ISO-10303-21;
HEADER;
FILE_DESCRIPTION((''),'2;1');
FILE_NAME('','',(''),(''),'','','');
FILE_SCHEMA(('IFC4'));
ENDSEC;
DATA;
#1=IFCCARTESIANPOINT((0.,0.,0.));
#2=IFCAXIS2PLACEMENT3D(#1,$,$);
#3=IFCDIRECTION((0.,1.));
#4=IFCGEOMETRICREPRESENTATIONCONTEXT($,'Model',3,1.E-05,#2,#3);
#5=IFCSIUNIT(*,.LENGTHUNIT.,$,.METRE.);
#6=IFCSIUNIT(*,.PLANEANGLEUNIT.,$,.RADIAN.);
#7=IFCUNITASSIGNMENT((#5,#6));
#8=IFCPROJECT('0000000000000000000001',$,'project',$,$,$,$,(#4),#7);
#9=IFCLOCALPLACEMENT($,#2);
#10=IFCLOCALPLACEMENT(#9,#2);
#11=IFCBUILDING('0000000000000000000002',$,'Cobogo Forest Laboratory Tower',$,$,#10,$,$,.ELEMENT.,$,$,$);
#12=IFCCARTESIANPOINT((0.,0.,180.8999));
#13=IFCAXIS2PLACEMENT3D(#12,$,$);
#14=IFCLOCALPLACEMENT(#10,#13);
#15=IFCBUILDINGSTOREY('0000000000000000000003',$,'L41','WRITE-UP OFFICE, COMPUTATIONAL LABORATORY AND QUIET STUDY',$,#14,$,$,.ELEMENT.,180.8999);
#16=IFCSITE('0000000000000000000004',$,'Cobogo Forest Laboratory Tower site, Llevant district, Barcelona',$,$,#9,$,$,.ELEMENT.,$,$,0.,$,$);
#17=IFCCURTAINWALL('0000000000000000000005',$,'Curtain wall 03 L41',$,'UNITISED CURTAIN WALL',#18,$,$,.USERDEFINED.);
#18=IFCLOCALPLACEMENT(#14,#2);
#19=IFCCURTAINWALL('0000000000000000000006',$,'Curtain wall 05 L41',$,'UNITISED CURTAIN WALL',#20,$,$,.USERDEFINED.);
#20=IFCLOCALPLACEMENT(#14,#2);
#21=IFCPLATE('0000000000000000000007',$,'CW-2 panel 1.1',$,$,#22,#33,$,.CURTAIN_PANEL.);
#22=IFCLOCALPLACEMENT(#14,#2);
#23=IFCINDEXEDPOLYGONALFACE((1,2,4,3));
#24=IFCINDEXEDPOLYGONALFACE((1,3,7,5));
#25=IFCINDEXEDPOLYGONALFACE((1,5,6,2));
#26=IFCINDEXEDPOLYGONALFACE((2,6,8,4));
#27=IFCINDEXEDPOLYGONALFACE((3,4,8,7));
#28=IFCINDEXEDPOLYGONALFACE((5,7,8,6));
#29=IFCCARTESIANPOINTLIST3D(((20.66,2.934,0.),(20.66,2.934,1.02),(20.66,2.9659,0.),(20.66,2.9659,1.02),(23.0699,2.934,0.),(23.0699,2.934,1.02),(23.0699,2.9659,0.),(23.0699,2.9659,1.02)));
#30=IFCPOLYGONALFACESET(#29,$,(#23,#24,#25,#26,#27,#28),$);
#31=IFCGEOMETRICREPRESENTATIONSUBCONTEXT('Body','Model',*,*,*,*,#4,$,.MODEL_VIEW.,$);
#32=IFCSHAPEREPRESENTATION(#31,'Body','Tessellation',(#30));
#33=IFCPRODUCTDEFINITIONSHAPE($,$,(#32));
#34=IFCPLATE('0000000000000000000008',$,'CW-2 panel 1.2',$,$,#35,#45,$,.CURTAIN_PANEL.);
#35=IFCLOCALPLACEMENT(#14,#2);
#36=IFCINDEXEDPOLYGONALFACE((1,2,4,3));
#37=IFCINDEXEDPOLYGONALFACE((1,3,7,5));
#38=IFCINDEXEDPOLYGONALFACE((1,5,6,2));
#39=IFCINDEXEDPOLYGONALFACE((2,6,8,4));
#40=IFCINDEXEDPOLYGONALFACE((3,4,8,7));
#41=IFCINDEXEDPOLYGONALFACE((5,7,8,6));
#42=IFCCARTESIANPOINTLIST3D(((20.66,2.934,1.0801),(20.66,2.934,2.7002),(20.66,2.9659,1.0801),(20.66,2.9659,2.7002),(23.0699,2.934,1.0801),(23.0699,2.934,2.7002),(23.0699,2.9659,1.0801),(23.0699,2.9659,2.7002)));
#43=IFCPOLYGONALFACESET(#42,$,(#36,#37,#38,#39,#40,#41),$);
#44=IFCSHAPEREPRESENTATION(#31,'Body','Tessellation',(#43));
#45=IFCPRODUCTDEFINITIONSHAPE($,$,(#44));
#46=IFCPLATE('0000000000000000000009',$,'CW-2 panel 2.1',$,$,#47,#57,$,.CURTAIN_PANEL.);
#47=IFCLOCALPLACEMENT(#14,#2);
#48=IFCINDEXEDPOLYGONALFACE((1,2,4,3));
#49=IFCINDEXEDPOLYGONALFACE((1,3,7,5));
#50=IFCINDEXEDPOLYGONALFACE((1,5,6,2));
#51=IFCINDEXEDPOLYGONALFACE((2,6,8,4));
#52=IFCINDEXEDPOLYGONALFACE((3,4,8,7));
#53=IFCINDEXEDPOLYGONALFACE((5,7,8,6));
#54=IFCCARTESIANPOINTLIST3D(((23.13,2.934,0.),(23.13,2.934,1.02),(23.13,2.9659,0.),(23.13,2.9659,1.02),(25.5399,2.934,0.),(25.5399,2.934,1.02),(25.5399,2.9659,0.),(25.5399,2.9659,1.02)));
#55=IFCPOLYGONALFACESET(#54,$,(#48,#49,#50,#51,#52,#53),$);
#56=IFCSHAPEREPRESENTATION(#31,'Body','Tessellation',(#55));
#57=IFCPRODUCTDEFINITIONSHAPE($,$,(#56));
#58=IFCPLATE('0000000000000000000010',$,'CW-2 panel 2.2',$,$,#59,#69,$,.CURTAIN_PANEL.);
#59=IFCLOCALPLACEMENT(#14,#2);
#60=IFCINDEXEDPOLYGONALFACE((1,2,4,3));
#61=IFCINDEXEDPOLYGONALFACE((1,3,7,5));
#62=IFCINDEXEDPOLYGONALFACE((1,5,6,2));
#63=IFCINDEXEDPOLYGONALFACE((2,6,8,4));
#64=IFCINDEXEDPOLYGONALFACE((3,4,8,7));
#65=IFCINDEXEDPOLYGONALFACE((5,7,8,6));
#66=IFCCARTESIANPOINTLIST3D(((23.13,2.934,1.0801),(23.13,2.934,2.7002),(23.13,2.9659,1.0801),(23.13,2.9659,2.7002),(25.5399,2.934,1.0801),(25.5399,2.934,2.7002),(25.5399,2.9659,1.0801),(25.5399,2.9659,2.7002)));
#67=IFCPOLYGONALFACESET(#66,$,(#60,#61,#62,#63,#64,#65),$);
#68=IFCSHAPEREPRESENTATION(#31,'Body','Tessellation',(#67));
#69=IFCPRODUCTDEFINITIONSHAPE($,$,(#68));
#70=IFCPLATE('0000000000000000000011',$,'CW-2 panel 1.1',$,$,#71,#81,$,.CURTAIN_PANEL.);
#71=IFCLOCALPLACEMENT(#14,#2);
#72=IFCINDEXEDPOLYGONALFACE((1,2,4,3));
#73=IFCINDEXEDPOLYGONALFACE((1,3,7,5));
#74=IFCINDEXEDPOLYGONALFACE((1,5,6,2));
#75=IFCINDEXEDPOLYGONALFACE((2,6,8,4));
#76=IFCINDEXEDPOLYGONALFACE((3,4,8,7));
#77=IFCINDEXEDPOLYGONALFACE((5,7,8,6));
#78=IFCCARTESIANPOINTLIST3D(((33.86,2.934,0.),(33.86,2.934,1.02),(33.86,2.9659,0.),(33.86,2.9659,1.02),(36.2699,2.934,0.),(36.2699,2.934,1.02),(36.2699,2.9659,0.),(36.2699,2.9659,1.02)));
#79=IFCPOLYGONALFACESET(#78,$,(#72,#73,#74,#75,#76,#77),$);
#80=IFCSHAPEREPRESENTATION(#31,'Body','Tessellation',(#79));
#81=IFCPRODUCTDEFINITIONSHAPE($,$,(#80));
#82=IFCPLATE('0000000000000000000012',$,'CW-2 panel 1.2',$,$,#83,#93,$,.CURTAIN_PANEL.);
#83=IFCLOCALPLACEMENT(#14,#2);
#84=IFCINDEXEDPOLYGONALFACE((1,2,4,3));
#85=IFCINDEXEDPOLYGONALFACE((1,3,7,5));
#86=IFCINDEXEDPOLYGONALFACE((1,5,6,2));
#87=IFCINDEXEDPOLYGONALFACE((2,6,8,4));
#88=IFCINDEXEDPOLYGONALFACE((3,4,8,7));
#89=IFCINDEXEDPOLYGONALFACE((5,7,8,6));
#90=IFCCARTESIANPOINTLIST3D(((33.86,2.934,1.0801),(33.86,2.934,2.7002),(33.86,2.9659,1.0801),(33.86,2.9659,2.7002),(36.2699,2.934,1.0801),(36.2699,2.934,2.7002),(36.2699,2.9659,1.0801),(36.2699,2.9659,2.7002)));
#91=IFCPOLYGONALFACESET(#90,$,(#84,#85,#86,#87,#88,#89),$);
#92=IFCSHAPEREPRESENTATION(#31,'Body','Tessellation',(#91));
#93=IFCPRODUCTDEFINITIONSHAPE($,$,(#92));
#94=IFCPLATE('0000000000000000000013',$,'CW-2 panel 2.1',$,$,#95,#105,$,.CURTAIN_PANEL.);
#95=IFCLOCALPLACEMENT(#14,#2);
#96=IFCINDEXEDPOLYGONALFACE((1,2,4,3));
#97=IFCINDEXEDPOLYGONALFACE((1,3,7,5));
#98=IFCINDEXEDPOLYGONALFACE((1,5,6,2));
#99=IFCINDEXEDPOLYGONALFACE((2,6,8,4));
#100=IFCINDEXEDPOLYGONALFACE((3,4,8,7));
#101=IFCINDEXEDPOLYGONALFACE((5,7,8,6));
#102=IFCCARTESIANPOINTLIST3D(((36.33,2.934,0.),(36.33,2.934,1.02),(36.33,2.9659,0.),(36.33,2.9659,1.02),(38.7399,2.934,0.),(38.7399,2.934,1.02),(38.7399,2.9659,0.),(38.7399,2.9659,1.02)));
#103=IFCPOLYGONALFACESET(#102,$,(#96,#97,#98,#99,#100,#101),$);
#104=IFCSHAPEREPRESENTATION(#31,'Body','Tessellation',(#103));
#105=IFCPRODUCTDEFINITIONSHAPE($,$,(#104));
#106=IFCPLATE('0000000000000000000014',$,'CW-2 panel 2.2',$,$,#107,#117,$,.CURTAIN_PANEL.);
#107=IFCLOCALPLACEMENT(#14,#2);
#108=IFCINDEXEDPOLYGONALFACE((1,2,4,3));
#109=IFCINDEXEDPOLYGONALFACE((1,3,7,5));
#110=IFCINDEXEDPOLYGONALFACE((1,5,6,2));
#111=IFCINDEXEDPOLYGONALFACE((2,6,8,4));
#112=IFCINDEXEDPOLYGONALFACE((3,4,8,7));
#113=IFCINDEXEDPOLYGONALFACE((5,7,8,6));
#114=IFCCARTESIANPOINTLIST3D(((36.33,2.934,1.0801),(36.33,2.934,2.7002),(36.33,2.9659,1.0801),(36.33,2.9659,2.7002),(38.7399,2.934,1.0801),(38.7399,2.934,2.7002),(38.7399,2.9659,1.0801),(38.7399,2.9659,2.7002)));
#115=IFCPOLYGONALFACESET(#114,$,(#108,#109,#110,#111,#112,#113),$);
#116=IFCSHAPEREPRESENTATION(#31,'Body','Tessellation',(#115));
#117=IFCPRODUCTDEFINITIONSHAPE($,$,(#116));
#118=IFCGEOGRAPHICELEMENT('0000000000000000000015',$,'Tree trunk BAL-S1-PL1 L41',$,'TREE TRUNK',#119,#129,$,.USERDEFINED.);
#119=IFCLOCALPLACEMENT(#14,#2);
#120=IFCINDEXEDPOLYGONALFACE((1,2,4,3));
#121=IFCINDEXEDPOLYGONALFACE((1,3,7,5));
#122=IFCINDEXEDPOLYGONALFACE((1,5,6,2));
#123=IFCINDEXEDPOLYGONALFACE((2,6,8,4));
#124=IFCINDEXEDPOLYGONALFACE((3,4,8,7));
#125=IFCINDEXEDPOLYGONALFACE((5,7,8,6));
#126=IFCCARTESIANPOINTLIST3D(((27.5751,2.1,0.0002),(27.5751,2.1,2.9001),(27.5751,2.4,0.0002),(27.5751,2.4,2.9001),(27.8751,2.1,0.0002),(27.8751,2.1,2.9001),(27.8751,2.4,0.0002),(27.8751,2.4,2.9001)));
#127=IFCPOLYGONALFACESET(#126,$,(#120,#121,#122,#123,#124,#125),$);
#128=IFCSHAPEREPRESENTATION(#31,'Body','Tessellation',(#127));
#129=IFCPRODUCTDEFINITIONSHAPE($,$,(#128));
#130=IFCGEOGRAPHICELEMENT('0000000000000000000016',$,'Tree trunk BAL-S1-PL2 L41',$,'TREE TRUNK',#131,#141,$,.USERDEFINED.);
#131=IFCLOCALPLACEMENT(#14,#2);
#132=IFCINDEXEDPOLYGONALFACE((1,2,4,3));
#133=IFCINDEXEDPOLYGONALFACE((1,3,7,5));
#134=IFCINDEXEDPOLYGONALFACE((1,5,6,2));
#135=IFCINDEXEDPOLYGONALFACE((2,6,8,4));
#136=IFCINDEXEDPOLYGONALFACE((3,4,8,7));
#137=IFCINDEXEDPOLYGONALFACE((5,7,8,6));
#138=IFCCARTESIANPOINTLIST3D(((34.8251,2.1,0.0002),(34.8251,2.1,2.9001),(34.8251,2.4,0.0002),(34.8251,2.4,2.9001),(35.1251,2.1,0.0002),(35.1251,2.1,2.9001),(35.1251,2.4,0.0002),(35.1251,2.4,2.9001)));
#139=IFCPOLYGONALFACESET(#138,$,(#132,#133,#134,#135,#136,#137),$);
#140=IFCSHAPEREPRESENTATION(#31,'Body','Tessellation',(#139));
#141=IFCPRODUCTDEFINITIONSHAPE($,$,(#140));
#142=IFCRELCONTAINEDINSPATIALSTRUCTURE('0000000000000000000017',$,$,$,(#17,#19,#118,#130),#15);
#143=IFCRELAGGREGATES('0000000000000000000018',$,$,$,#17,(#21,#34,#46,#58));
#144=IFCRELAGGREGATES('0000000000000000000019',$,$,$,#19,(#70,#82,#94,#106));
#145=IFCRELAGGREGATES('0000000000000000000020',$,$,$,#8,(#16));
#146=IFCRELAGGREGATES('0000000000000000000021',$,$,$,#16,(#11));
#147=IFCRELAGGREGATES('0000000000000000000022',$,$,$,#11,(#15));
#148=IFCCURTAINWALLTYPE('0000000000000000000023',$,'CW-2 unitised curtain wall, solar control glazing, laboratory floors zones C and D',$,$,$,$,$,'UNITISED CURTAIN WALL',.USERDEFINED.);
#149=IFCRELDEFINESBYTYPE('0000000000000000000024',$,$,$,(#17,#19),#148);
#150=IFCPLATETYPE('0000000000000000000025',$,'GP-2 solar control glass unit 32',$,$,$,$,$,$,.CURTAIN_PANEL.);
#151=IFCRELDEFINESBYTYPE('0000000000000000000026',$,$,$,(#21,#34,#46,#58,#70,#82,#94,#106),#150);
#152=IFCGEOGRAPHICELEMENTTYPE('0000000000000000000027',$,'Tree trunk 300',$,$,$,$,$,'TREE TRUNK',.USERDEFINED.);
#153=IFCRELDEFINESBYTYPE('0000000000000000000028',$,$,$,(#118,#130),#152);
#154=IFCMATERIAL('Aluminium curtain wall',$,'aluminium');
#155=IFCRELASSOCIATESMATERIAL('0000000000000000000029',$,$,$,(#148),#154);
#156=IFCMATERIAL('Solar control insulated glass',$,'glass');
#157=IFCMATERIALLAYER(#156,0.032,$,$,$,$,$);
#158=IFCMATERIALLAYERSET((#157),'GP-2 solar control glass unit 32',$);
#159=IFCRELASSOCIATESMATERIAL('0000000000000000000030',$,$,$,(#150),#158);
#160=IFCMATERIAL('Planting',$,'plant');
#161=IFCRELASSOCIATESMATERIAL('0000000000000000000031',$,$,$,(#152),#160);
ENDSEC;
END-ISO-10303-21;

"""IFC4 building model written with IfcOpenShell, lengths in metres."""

from ifc_helpers import new_model, si_unit, direction, frame, origin, origin_2d, place, context, subcontext, project, spatial, rectangle, extrude, material, layer, layer_set, type_object, element, aggregate, save


model = new_model("IFC4")

# Units and contexts
model_context = context("Model", 3, precision=1e-05, world=origin(), true_north=direction((0.0, 1.0)))
body_context = subcontext(model_context, "Body", "Model", "MODEL_VIEW")
ifc_project = project(units=[si_unit("LENGTHUNIT", "METRE"), si_unit("PLANEANGLEUNIT", "RADIAN")], contexts=[model_context])

# Site, building, storey
site_placement = place(None, origin())
site = spatial("IfcSite", under=ifc_project, at=site_placement, Name="Cobogo Forest Laboratory Tower site, Llevant district, Barcelona", CompositionType="ELEMENT", RefElevation=0.0)
building_placement = place(site_placement, origin())
building = spatial("IfcBuilding", under=site, at=building_placement, Name="Cobogo Forest Laboratory Tower", CompositionType="ELEMENT")
storey_placement = place(building_placement, frame((0.0, 0.0, 180.8999)))
storey = spatial("IfcBuildingStorey", under=building, at=storey_placement, Name="L41", Description="WRITE-UP OFFICE, COMPUTATIONAL LABORATORY AND QUIET STUDY", CompositionType="ELEMENT", Elevation=180.8999)

# Curtain walls
ifc_material_1 = material(Name="Aluminium curtain wall", Category="aluminium")
curtain_wall_type = type_object("IfcCurtainWallType", Name="CW-2 unitised curtain wall, solar control glazing, laboratory floors zones C and D", ElementType="UNITISED CURTAIN WALL", PredefinedType="USERDEFINED", material=ifc_material_1)
curtain_wall_1_placement = place(storey_placement, origin())
curtain_wall_1 = element("IfcCurtainWall", 1, at=curtain_wall_1_placement, inside=storey, type_object=curtain_wall_type, Name="Curtain wall 03 L41", ObjectType="UNITISED CURTAIN WALL", PredefinedType="USERDEFINED")
curtain_wall_2_placement = place(storey_placement, origin())
curtain_wall_2 = element("IfcCurtainWall", 2, at=curtain_wall_2_placement, inside=storey, type_object=curtain_wall_type, Name="Curtain wall 05 L41", ObjectType="UNITISED CURTAIN WALL", PredefinedType="USERDEFINED")

# Plates
ifc_material_2 = material(Name="Solar control insulated glass", Category="glass")
ifc_layer_1 = layer(ifc_material_2, 0.032)
ifc_layer_set_1 = layer_set([ifc_layer_1], Name="GP-2 solar control glass unit 32")
plate_type = type_object("IfcPlateType", Name="GP-2 solar control glass unit 32", PredefinedType="CURTAIN_PANEL", material=ifc_layer_set_1)
plate_1_placement = place(storey_placement, frame((21.865, 2.95, 0.0), z_axis=(0.0, 0.0, 1.0), x_axis=(1.0, 0.0, 0.0)))
plate_1 = element("IfcPlate", 3, at=plate_1_placement, type_object=plate_type, Name="CW-2 panel 1.1", PredefinedType="CURTAIN_PANEL", context=body_context, shape_type="SweptSolid", body=[
    extrude(rectangle(XDim=2.4099, YDim=0.032, at=origin_2d()), origin(), (0.0, 0.0, 1.0), 1.02),
])
plate_2_placement = place(storey_placement, frame((21.865, 2.95, 1.0801), z_axis=(0.0, 0.0, 1.0), x_axis=(1.0, 0.0, 0.0)))
plate_2 = element("IfcPlate", 4, at=plate_2_placement, type_object=plate_type, Name="CW-2 panel 1.2", PredefinedType="CURTAIN_PANEL", context=body_context, shape_type="SweptSolid", body=[
    extrude(rectangle(XDim=2.4099, YDim=0.032, at=origin_2d()), origin(), (0.0, 0.0, 1.0), 1.6201),
])
plate_3_placement = place(storey_placement, frame((24.335, 2.95, 0.0), z_axis=(0.0, 0.0, 1.0), x_axis=(1.0, 0.0, 0.0)))
plate_3 = element("IfcPlate", 5, at=plate_3_placement, type_object=plate_type, Name="CW-2 panel 2.1", PredefinedType="CURTAIN_PANEL", context=body_context, shape_type="SweptSolid", body=[
    extrude(rectangle(XDim=2.4099, YDim=0.032, at=origin_2d()), origin(), (0.0, 0.0, 1.0), 1.02),
])
plate_4_placement = place(storey_placement, frame((24.335, 2.95, 1.0801), z_axis=(0.0, 0.0, 1.0), x_axis=(1.0, 0.0, 0.0)))
plate_4 = element("IfcPlate", 6, at=plate_4_placement, type_object=plate_type, Name="CW-2 panel 2.2", PredefinedType="CURTAIN_PANEL", context=body_context, shape_type="SweptSolid", body=[
    extrude(rectangle(XDim=2.4099, YDim=0.032, at=origin_2d()), origin(), (0.0, 0.0, 1.0), 1.6201),
])
aggregate(curtain_wall_1, [plate_1, plate_2, plate_3, plate_4])
plate_5_placement = place(storey_placement, frame((35.0649, 2.95, 0.0), z_axis=(0.0, 0.0, 1.0), x_axis=(1.0, 0.0, 0.0)))
plate_5 = element("IfcPlate", 7, at=plate_5_placement, type_object=plate_type, Name="CW-2 panel 1.1", PredefinedType="CURTAIN_PANEL", context=body_context, shape_type="SweptSolid", body=[
    extrude(rectangle(XDim=2.4099, YDim=0.032, at=origin_2d()), origin(), (0.0, 0.0, 1.0), 1.02),
])
plate_6_placement = place(storey_placement, frame((35.0649, 2.95, 1.0801), z_axis=(0.0, 0.0, 1.0), x_axis=(1.0, 0.0, 0.0)))
plate_6 = element("IfcPlate", 8, at=plate_6_placement, type_object=plate_type, Name="CW-2 panel 1.2", PredefinedType="CURTAIN_PANEL", context=body_context, shape_type="SweptSolid", body=[
    extrude(rectangle(XDim=2.4099, YDim=0.032, at=origin_2d()), origin(), (0.0, 0.0, 1.0), 1.6201),
])
plate_7_placement = place(storey_placement, frame((37.5349, 2.95, 0.0), z_axis=(0.0, 0.0, 1.0), x_axis=(1.0, 0.0, 0.0)))
plate_7 = element("IfcPlate", 9, at=plate_7_placement, type_object=plate_type, Name="CW-2 panel 2.1", PredefinedType="CURTAIN_PANEL", context=body_context, shape_type="SweptSolid", body=[
    extrude(rectangle(XDim=2.4099, YDim=0.032, at=origin_2d()), origin(), (0.0, 0.0, 1.0), 1.02),
])
plate_8_placement = place(storey_placement, frame((37.5349, 2.95, 1.0801), z_axis=(0.0, 0.0, 1.0), x_axis=(1.0, 0.0, 0.0)))
plate_8 = element("IfcPlate", 10, at=plate_8_placement, type_object=plate_type, Name="CW-2 panel 2.2", PredefinedType="CURTAIN_PANEL", context=body_context, shape_type="SweptSolid", body=[
    extrude(rectangle(XDim=2.4099, YDim=0.032, at=origin_2d()), origin(), (0.0, 0.0, 1.0), 1.6201),
])
aggregate(curtain_wall_2, [plate_5, plate_6, plate_7, plate_8])

# Geographic elements
ifc_material_3 = material(Name="Planting", Category="plant")
geographic_element_type = type_object("IfcGeographicElementType", Name="Tree trunk 300", ElementType="TREE TRUNK", PredefinedType="USERDEFINED", material=ifc_material_3)
for number, where, z_axis, x_axis, name in (
    (11, (27.7251, 2.25, 0.0002), (0.0, 0.0, 1.0), (1.0, 0.0, 0.0), "Tree trunk BAL-S1-PL1 L41"),
    (12, (34.9751, 2.25, 0.0002), (0.0, 0.0, 1.0), (1.0, 0.0, 0.0), "Tree trunk BAL-S1-PL2 L41"),
):
    element("IfcGeographicElement", number, at=place(storey_placement, frame(where, z_axis=z_axis, x_axis=x_axis)), inside=storey, type_object=geographic_element_type, Name=name, ObjectType="TREE TRUNK", PredefinedType="USERDEFINED", context=body_context, shape_type="SweptSolid", body=[
        extrude(rectangle(XDim=0.3, YDim=0.3, at=origin_2d()), origin(), (0.0, 0.0, 1.0), 2.8999),
    ])

save(model, "model.ifc")
